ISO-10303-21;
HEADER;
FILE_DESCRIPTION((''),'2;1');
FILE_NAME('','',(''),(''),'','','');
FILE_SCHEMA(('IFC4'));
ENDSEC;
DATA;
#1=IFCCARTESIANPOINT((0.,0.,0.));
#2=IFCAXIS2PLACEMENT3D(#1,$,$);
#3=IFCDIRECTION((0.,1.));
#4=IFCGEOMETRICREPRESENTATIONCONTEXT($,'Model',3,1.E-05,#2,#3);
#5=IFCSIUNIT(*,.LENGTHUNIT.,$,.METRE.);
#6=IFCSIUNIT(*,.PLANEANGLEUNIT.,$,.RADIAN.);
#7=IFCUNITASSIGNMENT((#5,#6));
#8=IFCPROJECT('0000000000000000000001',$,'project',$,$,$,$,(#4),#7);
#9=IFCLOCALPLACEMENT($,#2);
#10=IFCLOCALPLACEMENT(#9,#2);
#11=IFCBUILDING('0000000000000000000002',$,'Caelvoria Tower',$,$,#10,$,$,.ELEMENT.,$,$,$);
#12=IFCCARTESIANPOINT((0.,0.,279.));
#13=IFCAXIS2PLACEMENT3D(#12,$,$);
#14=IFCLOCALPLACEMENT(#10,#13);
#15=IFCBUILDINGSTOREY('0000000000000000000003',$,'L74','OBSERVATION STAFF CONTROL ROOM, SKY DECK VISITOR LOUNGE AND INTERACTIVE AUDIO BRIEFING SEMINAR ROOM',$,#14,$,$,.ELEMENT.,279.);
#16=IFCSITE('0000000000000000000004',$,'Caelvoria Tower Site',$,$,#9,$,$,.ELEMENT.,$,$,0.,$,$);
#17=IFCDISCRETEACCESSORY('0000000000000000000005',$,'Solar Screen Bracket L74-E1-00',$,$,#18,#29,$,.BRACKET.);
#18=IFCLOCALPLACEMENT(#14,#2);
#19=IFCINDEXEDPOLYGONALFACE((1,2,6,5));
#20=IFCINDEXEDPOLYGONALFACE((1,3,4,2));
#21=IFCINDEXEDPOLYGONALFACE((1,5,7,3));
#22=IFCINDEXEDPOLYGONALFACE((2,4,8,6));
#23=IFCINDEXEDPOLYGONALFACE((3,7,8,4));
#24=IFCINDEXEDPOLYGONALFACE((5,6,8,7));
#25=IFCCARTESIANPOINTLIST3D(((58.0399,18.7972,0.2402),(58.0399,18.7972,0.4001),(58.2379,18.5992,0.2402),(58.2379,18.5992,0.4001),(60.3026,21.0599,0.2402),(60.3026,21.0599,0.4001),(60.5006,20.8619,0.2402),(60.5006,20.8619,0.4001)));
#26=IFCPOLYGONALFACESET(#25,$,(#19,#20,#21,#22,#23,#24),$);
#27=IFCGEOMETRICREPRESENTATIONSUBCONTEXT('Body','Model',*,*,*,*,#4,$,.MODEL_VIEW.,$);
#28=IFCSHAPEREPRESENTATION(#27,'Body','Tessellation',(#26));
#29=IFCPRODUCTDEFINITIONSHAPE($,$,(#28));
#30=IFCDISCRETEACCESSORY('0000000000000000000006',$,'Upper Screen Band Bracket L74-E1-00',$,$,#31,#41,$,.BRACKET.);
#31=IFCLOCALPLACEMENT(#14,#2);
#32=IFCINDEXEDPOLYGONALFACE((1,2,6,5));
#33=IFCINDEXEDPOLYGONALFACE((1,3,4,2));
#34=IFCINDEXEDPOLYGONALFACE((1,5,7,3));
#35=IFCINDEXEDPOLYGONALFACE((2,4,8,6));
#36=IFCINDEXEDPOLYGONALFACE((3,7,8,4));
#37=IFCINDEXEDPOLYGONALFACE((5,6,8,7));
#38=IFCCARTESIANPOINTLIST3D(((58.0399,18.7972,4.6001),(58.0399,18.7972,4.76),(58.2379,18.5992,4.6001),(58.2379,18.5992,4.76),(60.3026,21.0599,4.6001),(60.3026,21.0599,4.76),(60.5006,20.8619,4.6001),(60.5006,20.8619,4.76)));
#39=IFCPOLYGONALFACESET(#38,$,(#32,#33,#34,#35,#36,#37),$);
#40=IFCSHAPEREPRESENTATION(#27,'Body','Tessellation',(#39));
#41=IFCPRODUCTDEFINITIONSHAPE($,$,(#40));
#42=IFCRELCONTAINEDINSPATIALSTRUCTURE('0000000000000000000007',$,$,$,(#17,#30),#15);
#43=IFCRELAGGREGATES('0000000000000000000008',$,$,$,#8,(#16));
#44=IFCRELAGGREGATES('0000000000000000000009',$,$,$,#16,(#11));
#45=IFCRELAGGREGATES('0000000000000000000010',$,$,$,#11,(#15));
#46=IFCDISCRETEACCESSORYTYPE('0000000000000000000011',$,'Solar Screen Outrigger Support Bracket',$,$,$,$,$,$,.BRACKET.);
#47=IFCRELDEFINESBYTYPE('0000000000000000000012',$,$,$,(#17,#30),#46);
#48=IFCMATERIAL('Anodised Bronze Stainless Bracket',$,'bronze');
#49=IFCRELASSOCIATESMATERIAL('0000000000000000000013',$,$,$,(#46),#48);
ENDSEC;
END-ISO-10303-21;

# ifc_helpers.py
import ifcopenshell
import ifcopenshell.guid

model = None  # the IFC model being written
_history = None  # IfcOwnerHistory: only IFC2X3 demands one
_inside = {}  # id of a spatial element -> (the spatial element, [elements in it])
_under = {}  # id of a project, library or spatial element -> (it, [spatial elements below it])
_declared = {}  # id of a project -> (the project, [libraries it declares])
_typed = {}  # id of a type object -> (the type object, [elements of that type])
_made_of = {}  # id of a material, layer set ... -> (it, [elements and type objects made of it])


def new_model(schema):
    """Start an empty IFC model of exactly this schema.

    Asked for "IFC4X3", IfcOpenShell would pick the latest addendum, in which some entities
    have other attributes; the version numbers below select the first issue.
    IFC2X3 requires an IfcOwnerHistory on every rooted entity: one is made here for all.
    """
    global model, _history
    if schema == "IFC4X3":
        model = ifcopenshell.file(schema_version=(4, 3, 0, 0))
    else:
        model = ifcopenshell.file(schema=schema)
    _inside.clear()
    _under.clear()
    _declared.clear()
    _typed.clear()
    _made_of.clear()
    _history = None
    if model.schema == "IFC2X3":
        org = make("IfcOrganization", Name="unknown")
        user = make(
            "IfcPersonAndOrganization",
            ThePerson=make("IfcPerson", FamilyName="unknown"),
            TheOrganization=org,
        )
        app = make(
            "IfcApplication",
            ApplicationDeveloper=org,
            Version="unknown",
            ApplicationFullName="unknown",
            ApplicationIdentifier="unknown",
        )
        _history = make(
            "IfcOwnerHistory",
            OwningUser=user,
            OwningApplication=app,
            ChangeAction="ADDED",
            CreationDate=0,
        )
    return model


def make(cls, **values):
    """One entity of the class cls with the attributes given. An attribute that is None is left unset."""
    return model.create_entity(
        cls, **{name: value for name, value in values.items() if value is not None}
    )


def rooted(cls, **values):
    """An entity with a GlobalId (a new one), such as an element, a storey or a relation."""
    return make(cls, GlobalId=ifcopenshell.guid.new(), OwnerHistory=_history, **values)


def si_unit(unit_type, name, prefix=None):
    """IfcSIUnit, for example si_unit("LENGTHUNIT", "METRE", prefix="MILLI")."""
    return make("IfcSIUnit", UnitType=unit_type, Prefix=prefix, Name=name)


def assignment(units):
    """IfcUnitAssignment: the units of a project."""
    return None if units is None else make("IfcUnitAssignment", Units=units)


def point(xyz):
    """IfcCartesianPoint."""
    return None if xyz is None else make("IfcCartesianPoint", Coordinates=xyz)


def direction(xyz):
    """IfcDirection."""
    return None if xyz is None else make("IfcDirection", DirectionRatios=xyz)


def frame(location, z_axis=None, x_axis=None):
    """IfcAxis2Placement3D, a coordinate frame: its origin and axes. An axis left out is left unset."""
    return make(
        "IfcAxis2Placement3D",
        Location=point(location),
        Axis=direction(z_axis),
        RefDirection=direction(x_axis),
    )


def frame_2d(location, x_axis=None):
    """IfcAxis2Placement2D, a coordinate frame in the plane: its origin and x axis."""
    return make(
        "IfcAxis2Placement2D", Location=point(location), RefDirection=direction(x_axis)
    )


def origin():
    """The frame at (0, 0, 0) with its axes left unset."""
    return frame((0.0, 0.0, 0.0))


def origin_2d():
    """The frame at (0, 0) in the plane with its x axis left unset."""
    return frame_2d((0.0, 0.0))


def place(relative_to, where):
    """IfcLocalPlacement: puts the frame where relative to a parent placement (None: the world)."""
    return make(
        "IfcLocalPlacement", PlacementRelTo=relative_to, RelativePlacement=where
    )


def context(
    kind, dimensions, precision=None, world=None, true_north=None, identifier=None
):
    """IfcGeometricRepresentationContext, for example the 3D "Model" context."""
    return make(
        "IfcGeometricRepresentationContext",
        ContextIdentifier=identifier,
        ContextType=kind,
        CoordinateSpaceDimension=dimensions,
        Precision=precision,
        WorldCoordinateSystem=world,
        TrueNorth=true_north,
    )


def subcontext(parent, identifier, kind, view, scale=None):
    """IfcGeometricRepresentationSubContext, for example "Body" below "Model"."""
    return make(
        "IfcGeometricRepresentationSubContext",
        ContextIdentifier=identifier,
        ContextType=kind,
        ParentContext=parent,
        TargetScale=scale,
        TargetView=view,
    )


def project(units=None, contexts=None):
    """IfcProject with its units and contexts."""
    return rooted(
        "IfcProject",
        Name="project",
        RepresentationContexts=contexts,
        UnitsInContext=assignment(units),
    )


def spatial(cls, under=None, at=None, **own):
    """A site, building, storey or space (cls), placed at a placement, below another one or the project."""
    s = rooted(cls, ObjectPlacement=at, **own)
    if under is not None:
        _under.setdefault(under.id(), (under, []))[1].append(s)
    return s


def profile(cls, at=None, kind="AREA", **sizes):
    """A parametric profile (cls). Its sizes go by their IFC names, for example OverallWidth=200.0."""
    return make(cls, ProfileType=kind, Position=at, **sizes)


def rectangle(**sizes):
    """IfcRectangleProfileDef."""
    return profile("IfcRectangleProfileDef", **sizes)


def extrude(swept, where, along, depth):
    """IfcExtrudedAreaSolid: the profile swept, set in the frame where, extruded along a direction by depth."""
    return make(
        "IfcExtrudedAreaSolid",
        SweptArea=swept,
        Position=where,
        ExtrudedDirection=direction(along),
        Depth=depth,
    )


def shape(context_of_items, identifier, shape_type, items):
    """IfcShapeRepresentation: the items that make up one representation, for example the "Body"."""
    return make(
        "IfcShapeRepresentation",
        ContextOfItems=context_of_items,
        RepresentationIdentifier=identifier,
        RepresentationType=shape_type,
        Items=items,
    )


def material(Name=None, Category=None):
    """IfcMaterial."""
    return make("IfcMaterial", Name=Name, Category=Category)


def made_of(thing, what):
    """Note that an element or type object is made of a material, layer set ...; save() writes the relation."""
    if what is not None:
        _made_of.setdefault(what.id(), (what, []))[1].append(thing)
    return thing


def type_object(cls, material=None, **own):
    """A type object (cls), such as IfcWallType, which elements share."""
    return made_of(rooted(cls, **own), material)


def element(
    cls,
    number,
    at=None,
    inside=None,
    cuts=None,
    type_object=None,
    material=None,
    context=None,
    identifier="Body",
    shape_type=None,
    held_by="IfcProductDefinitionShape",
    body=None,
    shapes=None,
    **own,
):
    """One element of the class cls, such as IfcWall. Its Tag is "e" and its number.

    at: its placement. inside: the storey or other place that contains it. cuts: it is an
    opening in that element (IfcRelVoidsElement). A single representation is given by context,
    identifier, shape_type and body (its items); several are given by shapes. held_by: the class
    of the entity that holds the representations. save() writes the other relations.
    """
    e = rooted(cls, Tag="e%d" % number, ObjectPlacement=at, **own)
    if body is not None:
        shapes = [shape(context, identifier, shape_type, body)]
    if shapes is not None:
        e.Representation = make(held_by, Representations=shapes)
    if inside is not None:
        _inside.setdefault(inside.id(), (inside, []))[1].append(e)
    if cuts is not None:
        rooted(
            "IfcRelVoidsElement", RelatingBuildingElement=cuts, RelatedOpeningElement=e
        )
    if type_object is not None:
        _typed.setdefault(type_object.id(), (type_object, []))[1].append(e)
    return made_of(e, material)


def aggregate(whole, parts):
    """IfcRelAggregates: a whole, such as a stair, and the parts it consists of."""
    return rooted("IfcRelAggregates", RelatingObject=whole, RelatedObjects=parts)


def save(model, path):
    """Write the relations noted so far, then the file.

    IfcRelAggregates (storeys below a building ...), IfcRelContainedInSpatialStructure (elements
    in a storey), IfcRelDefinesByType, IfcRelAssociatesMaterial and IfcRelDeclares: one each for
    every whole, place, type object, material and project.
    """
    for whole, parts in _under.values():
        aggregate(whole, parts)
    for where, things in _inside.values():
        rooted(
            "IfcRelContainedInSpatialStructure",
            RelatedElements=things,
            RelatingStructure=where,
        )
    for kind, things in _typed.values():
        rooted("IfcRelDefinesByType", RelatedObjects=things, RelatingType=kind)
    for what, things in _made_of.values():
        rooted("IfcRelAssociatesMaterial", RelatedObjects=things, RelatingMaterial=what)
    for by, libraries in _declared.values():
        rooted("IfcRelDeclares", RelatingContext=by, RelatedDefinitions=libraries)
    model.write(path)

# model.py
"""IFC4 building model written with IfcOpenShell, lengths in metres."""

from ifc_helpers import new_model, si_unit, direction, frame, origin, origin_2d, place, context, subcontext, project, spatial, rectangle, extrude, material, type_object, element, save


model = new_model("IFC4")

# Units and contexts
model_context = context("Model", 3, precision=1e-05, world=origin(), true_north=direction((0.0, 1.0)))
body_context = subcontext(model_context, "Body", "Model", "MODEL_VIEW")
ifc_project = project(units=[si_unit("LENGTHUNIT", "METRE"), si_unit("PLANEANGLEUNIT", "RADIAN")], contexts=[model_context])

# Site, building, storey
site_placement = place(None, origin())
site = spatial("IfcSite", under=ifc_project, at=site_placement, Name="Caelvoria Tower Site", CompositionType="ELEMENT", RefElevation=0.0)
building_placement = place(site_placement, origin())
building = spatial("IfcBuilding", under=site, at=building_placement, Name="Caelvoria Tower", CompositionType="ELEMENT")
storey_placement = place(building_placement, frame((0.0, 0.0, 279.0)))
storey = spatial("IfcBuildingStorey", under=building, at=storey_placement, Name="L74", Description="OBSERVATION STAFF CONTROL ROOM, SKY DECK VISITOR LOUNGE AND INTERACTIVE AUDIO BRIEFING SEMINAR ROOM", CompositionType="ELEMENT", Elevation=279.0)

# Discrete accessories
ifc_material_1 = material(Name="Anodised Bronze Stainless Bracket", Category="bronze")
discrete_accessory_type = type_object("IfcDiscreteAccessoryType", Name="Solar Screen Outrigger Support Bracket", PredefinedType="BRACKET", material=ifc_material_1)
for number, where, z_axis, x_axis, name in (
    (1, (59.2703, 19.8296, 0.2402), (0.0, 0.0, 1.0), (0.707107, 0.707107, 0.0), "Solar Screen Bracket L74-E1-00"),
    (2, (59.2703, 19.8296, 4.6001), (0.0, 0.0, 1.0), (0.707107, 0.707107, 0.0), "Upper Screen Band Bracket L74-E1-00"),
):
    element("IfcDiscreteAccessory", number, at=place(storey_placement, frame(where, z_axis=z_axis, x_axis=x_axis)), inside=storey, type_object=discrete_accessory_type, Name=name, PredefinedType="BRACKET", context=body_context, shape_type="SweptSolid", body=[
        extrude(rectangle(XDim=3.2, YDim=0.28, at=origin_2d()), origin(), (0.0, 0.0, 1.0), 0.1599),
    ])

save(model, "model.ifc")
